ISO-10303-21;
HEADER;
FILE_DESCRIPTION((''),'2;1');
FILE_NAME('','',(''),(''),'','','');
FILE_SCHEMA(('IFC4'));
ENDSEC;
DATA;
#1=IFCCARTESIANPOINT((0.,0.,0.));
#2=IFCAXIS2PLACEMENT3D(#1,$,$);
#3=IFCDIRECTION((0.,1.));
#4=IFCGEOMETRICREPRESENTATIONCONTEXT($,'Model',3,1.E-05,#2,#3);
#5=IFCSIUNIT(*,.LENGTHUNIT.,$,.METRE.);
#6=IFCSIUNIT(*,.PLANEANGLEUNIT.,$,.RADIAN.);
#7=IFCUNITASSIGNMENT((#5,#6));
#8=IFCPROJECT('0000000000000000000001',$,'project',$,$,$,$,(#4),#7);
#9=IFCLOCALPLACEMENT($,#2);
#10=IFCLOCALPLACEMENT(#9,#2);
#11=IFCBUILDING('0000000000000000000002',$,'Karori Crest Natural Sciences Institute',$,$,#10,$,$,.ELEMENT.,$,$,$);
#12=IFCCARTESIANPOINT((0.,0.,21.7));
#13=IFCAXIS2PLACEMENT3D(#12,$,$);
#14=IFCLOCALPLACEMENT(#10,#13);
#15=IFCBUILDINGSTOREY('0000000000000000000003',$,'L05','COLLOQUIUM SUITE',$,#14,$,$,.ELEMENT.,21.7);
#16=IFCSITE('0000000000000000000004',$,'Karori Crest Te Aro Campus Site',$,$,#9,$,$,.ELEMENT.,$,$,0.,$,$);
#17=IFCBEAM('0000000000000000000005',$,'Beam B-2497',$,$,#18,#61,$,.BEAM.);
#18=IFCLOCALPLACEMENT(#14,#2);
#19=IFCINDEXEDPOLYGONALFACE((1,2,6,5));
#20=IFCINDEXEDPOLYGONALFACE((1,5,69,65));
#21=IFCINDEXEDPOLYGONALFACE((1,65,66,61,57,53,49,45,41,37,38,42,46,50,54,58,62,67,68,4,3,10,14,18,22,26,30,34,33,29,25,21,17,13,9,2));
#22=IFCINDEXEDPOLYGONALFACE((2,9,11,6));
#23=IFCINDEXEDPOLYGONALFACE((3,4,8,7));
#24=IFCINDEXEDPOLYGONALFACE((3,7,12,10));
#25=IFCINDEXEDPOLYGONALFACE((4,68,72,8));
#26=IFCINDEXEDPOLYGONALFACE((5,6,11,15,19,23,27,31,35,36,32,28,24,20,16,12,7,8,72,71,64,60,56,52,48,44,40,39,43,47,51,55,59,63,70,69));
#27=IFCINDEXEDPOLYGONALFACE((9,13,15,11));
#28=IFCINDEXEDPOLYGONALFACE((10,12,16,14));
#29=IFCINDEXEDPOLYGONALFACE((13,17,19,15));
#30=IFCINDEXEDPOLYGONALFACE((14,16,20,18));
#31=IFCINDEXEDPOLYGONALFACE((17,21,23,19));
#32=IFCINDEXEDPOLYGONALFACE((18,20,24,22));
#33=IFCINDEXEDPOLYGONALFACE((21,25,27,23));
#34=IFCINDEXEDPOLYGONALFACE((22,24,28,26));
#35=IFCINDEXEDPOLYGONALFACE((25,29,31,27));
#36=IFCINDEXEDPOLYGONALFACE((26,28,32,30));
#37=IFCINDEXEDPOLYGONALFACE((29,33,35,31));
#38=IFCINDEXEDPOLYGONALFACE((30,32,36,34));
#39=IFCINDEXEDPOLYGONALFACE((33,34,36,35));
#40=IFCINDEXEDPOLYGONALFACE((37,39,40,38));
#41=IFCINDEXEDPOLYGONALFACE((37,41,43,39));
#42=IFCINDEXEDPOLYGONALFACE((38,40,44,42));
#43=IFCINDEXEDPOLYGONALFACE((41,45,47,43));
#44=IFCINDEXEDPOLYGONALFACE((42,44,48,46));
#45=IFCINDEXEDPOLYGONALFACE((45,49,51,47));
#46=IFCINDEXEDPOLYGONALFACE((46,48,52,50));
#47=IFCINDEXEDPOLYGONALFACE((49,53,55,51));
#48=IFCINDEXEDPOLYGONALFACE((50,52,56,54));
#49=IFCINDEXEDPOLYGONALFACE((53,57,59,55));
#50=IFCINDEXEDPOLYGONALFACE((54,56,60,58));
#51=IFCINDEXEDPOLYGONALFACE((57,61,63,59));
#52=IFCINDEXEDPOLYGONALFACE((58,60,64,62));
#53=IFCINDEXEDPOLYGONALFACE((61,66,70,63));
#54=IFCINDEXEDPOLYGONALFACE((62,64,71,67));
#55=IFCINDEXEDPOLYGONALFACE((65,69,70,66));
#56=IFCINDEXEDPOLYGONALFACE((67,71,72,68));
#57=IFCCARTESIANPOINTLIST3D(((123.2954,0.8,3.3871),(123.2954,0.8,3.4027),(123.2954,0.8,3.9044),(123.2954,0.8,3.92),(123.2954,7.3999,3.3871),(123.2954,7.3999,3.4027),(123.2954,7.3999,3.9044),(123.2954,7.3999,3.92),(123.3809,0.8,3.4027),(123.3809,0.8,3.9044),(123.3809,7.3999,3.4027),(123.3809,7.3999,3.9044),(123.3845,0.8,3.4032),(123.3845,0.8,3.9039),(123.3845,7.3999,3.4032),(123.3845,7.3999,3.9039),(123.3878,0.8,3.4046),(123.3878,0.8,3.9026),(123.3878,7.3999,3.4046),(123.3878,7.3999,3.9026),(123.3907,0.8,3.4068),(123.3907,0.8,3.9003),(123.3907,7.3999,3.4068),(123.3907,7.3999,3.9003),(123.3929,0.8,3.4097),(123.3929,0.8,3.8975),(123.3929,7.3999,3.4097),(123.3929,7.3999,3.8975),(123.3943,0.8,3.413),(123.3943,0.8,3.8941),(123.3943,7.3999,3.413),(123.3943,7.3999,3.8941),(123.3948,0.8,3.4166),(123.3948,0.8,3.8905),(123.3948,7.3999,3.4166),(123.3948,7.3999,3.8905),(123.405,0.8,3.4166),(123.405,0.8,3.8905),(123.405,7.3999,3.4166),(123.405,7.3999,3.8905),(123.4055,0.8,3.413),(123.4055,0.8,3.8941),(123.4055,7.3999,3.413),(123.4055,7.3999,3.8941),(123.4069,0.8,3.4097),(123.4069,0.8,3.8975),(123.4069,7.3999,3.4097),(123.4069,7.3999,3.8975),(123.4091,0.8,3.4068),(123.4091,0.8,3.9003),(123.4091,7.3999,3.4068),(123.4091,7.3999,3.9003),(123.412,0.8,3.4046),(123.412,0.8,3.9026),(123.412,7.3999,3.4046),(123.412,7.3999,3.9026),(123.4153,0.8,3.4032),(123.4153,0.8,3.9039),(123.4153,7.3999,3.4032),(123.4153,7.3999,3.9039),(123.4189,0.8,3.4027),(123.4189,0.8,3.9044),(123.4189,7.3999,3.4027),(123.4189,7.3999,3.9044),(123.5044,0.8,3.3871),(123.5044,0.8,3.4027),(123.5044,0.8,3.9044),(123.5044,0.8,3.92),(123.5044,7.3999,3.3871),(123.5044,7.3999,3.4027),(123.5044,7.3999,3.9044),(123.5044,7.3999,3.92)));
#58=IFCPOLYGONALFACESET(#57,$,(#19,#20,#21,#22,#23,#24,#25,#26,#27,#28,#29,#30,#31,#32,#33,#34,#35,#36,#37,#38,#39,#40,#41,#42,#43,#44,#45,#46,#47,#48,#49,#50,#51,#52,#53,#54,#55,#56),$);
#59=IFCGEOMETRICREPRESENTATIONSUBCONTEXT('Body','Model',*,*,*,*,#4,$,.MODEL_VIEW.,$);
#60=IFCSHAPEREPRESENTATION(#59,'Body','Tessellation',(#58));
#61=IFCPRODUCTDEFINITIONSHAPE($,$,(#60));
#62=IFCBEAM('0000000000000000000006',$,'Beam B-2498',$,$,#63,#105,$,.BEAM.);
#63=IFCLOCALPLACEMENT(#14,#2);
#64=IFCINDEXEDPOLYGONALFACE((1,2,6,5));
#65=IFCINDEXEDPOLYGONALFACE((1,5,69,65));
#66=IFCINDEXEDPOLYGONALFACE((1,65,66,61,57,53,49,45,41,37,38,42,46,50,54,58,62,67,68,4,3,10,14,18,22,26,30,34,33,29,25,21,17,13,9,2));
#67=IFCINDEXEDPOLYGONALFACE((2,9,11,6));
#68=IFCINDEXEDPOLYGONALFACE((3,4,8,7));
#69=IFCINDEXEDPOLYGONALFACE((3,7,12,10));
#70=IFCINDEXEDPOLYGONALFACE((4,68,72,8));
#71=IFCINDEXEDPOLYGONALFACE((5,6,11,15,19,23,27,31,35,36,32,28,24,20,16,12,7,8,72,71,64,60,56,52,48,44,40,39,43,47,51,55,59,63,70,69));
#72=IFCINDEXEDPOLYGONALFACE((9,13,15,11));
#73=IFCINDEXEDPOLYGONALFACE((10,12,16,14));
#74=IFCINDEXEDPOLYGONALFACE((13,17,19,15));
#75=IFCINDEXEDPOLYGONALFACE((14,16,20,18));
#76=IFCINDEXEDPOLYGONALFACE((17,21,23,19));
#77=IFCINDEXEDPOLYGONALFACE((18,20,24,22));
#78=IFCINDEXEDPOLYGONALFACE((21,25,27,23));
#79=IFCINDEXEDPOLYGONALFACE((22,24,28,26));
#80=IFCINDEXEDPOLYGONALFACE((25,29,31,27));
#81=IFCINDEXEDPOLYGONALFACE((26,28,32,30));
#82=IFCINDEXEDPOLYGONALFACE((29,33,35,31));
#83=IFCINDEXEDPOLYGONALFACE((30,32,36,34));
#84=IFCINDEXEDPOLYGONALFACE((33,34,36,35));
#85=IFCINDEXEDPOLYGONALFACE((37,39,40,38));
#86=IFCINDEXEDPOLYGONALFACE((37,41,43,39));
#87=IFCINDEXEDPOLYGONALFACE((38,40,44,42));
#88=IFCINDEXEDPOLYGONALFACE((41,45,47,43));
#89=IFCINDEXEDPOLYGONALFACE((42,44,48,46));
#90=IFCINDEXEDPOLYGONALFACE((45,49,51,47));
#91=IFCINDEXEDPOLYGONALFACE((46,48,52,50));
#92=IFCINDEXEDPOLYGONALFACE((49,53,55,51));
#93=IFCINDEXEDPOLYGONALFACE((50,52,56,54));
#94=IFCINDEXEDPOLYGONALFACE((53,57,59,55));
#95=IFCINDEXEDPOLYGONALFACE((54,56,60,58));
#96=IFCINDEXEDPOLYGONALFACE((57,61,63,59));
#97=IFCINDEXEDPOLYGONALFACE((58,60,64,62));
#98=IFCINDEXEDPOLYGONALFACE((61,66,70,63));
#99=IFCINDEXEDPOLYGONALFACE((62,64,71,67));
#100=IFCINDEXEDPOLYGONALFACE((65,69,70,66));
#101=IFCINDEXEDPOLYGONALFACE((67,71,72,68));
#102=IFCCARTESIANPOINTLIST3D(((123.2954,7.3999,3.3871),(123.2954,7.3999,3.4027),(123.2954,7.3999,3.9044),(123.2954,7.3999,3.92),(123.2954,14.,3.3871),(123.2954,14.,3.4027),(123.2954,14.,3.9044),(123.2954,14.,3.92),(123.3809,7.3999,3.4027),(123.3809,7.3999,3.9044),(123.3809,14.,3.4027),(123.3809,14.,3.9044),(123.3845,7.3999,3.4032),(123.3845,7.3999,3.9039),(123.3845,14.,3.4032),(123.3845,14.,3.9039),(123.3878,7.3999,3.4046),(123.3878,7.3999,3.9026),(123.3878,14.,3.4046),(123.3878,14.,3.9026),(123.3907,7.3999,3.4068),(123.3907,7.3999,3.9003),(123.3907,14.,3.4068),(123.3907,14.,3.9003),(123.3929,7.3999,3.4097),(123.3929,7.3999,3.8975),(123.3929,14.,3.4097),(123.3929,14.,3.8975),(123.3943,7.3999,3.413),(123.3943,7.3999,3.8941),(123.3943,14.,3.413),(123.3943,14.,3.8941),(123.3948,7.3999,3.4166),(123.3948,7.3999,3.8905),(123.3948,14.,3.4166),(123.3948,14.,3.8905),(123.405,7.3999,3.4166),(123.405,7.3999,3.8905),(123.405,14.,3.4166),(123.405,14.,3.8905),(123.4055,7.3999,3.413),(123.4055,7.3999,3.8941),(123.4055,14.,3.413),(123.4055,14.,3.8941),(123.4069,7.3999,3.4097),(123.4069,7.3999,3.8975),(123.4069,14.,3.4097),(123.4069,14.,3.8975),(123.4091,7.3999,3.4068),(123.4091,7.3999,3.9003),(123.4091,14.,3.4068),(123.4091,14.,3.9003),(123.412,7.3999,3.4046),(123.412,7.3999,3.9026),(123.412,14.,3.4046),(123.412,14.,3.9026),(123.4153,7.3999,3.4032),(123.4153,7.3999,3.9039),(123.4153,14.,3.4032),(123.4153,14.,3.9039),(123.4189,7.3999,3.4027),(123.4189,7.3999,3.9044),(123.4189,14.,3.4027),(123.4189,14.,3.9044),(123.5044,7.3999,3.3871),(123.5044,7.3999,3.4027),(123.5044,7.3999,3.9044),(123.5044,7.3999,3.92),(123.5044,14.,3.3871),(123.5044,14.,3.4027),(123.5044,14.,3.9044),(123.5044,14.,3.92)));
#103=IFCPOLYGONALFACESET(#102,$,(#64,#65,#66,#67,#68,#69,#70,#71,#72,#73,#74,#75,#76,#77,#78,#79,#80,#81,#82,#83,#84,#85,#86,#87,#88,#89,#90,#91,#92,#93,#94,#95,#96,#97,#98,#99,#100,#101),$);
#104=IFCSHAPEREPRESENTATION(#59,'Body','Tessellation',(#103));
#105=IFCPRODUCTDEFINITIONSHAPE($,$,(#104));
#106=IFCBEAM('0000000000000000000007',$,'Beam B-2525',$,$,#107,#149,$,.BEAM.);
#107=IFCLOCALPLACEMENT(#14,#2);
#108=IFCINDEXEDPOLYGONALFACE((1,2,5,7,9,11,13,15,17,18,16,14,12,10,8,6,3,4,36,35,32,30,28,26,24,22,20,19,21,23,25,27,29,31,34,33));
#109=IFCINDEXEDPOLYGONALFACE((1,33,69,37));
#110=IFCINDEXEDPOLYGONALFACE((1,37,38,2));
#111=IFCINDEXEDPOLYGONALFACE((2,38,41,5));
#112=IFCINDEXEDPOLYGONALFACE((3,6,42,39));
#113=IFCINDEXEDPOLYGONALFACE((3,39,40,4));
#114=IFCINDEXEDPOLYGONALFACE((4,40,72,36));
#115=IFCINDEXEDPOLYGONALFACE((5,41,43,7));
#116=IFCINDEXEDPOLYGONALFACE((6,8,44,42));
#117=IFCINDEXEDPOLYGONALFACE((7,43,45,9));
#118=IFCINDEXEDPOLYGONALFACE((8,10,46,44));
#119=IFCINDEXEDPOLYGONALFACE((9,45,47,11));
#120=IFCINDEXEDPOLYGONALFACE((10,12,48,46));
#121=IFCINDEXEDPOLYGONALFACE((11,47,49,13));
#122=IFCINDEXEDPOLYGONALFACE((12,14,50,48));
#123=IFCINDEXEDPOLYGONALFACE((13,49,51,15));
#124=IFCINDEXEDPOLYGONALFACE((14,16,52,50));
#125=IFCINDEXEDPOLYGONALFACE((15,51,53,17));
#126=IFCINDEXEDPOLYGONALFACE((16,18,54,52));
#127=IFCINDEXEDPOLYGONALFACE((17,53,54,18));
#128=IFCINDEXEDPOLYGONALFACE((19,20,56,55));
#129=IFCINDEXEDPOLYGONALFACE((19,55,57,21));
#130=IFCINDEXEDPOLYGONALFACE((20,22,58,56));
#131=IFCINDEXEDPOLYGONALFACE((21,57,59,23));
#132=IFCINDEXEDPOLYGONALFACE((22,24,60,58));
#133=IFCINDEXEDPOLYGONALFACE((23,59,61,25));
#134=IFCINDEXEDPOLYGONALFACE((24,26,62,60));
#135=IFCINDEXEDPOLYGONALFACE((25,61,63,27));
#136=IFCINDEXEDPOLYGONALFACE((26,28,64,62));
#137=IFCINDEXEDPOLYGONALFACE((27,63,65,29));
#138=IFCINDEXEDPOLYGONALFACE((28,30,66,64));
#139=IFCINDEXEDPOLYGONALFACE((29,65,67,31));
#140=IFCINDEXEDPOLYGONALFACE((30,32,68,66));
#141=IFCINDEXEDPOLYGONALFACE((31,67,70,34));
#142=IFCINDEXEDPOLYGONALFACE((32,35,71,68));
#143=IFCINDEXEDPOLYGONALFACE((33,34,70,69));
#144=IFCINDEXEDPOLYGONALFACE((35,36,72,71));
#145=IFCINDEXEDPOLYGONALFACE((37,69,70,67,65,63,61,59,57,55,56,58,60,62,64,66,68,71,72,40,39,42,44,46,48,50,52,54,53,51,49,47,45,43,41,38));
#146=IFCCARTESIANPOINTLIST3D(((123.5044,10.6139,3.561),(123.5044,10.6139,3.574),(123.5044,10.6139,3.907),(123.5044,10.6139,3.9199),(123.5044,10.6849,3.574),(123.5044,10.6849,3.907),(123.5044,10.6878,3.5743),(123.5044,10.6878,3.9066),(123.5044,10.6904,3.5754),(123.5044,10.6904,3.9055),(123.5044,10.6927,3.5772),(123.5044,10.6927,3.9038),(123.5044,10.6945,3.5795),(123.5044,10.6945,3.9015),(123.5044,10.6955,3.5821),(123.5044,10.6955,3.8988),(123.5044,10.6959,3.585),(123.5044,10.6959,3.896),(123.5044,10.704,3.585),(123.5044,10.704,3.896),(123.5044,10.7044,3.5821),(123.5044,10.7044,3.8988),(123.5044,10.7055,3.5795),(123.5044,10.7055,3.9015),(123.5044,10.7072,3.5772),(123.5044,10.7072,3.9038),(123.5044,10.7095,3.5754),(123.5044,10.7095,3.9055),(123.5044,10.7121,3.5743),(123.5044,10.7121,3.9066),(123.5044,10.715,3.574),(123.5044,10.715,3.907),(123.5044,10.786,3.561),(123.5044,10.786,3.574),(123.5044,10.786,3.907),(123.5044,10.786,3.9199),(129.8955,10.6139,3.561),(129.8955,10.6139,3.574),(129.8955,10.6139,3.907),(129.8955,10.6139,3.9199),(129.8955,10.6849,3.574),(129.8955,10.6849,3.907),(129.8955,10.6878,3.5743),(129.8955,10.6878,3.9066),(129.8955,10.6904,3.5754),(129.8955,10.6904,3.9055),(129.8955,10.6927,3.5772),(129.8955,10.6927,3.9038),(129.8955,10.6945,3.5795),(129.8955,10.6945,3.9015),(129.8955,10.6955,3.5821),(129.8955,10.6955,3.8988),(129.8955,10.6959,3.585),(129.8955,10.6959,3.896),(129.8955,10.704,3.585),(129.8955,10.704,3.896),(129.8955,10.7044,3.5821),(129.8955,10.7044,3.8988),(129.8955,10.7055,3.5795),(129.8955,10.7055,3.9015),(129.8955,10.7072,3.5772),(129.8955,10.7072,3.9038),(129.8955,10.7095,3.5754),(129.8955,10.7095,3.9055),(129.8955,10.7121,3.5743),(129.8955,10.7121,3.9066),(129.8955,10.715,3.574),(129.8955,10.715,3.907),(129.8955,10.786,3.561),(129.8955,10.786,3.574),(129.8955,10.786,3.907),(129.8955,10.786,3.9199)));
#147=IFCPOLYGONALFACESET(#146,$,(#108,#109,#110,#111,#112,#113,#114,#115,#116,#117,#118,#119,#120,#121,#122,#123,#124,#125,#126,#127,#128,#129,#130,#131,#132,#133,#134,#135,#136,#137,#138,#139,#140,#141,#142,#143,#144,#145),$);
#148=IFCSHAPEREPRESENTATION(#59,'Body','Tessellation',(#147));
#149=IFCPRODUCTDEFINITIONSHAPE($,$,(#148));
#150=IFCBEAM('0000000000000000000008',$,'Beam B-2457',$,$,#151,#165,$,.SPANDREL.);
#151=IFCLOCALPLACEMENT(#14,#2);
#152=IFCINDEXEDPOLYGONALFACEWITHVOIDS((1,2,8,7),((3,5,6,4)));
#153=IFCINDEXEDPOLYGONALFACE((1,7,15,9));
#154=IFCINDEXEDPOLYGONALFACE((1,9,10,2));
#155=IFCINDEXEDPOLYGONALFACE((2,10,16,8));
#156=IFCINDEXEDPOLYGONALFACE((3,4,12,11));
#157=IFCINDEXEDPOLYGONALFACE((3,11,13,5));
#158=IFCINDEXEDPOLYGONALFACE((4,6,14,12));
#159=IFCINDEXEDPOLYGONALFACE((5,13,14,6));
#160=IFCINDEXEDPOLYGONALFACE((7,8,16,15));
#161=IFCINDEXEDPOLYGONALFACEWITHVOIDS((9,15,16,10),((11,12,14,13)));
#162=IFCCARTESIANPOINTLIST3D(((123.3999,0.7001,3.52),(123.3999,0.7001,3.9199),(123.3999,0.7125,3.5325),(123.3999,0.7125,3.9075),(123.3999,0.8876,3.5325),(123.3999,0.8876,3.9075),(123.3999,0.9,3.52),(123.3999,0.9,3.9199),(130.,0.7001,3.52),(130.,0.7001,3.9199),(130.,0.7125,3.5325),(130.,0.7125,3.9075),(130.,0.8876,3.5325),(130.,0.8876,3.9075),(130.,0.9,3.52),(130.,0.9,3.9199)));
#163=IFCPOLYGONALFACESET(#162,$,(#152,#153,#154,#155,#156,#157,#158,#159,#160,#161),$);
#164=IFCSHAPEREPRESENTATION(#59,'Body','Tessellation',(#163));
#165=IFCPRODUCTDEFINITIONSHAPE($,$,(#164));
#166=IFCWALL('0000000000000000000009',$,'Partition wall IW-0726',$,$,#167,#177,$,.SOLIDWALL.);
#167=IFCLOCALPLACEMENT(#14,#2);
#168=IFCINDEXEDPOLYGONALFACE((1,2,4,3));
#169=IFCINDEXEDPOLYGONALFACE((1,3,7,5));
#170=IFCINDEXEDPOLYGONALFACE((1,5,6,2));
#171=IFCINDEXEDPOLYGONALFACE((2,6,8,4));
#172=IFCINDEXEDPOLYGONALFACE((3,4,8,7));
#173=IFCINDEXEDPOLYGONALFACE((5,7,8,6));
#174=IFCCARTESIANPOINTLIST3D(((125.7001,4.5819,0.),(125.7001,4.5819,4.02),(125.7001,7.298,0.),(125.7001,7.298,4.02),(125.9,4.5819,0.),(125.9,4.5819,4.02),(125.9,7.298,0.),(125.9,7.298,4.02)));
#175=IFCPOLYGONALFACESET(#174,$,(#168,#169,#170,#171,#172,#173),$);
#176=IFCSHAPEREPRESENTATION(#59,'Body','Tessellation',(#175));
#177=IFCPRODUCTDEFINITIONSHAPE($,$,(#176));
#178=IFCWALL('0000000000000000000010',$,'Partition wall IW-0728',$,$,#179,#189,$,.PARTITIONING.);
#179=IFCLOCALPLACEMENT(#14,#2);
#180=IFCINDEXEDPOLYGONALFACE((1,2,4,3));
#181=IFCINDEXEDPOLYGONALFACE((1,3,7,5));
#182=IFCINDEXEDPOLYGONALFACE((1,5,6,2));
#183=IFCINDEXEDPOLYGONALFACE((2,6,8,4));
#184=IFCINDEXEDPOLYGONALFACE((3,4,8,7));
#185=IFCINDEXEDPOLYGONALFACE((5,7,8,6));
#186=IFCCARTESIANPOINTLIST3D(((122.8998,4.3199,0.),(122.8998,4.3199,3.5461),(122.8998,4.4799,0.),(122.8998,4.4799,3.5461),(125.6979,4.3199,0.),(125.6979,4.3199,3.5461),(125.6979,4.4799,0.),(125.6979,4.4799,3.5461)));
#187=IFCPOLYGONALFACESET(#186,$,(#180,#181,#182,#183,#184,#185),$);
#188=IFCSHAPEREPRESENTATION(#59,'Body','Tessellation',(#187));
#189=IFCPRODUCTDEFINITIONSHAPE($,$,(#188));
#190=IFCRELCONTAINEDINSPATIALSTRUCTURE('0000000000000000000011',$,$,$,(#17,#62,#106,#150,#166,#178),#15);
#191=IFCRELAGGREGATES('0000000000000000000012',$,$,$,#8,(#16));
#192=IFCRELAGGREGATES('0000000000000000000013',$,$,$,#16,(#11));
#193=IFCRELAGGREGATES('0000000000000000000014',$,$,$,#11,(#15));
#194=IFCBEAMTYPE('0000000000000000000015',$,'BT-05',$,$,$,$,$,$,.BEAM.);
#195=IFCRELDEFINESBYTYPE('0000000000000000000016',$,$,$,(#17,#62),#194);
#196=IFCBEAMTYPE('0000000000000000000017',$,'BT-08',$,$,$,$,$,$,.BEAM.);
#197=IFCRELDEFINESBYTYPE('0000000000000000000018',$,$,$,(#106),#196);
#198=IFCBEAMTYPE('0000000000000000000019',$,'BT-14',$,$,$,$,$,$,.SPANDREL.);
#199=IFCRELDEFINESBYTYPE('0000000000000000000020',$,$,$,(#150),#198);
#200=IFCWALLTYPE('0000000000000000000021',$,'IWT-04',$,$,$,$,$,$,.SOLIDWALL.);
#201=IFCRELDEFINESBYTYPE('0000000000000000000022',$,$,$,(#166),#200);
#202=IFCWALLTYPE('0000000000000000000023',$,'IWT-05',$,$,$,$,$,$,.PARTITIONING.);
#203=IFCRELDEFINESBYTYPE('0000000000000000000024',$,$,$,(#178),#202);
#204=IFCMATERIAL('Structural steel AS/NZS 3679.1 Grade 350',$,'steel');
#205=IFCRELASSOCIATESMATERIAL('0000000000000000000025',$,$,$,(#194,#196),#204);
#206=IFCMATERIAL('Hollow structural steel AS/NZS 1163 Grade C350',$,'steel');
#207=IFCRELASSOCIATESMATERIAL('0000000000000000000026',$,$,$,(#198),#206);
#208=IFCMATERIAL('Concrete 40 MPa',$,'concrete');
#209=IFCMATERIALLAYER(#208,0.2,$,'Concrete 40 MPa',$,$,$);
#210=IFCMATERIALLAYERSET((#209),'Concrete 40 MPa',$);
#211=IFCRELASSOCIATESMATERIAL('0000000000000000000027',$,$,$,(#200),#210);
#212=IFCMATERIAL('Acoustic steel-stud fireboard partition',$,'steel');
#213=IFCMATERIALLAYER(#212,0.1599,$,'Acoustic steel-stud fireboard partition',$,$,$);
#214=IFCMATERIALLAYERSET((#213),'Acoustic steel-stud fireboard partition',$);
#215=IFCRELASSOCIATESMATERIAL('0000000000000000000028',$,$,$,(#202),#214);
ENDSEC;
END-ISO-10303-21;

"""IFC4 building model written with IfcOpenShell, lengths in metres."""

from ifc_helpers import new_model, si_unit, direction, frame, frame_2d, origin, origin_2d, place, context, subcontext, project, spatial, rectangle, hollow_rectangle, i_section, extrude, material, layer, layer_set, material_profile, profile_set, type_object, element, save


model = new_model("IFC4")

# Units and contexts
model_context = context("Model", 3, precision=1e-05, world=origin(), true_north=direction((0.0, 1.0)))
body_context = subcontext(model_context, "Body", "Model", "MODEL_VIEW")
ifc_project = project(units=[si_unit("LENGTHUNIT", "METRE"), si_unit("PLANEANGLEUNIT", "RADIAN")], contexts=[model_context])

# Site, building, storey
site_placement = place(None, origin())
site = spatial("IfcSite", under=ifc_project, at=site_placement, Name="Karori Crest Te Aro Campus Site", CompositionType="ELEMENT", RefElevation=0.0)
building_placement = place(site_placement, origin())
building = spatial("IfcBuilding", under=site, at=building_placement, Name="Karori Crest Natural Sciences Institute", CompositionType="ELEMENT")
storey_placement = place(building_placement, frame((0.0, 0.0, 21.7)))
storey = spatial("IfcBuildingStorey", under=building, at=storey_placement, Name="L05", Description="COLLOQUIUM SUITE", CompositionType="ELEMENT", Elevation=21.7)

# Shared definitions
ifc_material_1 = material(Name="Structural steel AS/NZS 3679.1 Grade 350", Category="steel")

# Beams
ifc_material_profile_1 = material_profile(ifc_material_1, i_section(OverallWidth=0.209, OverallDepth=0.533, WebThickness=0.0103, FlangeThickness=0.0156, FilletRadius=0.0139, at=origin_2d()), Name="530UB92.4")
ifc_profile_set_1 = profile_set([ifc_material_profile_1], Name="Structural steel AS/NZS 3679.1 Grade 350")
beam_type_1 = type_object("IfcBeamType", Name="BT-05", PredefinedType="BEAM", material=ifc_profile_set_1)
beam_1_placement = place(storey_placement, frame((123.3999, 0.8, 3.6536), z_axis=(0.0, 1.0, 0.0), x_axis=(-1.0, 0.0, 0.0)))
element("IfcBeam", 1, at=beam_1_placement, inside=storey, type_object=beam_type_1, Name="Beam B-2497", PredefinedType="BEAM", context=body_context, shape_type="SweptSolid", body=[
    extrude(i_section(OverallWidth=0.209, OverallDepth=0.533, WebThickness=0.0103, FlangeThickness=0.0156, FilletRadius=0.0139, at=origin_2d()), origin(), (0.0, 0.0, 1.0), 6.5999),
])
beam_2_placement = place(storey_placement, frame((123.3999, 7.3999, 3.6536), z_axis=(0.0, 1.0, 0.0), x_axis=(-1.0, 0.0, 0.0)))
element("IfcBeam", 2, at=beam_2_placement, inside=storey, type_object=beam_type_1, Name="Beam B-2498", PredefinedType="BEAM", context=body_context, shape_type="SweptSolid", body=[
    extrude(i_section(OverallWidth=0.209, OverallDepth=0.533, WebThickness=0.0103, FlangeThickness=0.0156, FilletRadius=0.0139, at=origin_2d()), origin(), (0.0, 0.0, 1.0), 6.6001),
])
ifc_material_profile_2 = material_profile(ifc_material_1, i_section(OverallWidth=0.1721, OverallDepth=0.3589, WebThickness=0.0081, FlangeThickness=0.0129, FilletRadius=0.011, at=origin_2d()), Name="360UB56.7")
ifc_profile_set_2 = profile_set([ifc_material_profile_2], Name="Structural steel AS/NZS 3679.1 Grade 350")
beam_type_2 = type_object("IfcBeamType", Name="BT-08", PredefinedType="BEAM", material=ifc_profile_set_2)
beam_3_placement = place(storey_placement, frame((123.5044, 10.7, 3.7405), z_axis=(1.0, 0.0, 0.0), x_axis=(0.0, 1.0, 0.0)))
element("IfcBeam", 3, at=beam_3_placement, inside=storey, type_object=beam_type_2, Name="Beam B-2525", PredefinedType="BEAM", context=body_context, shape_type="SweptSolid", body=[
    extrude(i_section(OverallWidth=0.1721, OverallDepth=0.3589, WebThickness=0.0081, FlangeThickness=0.0129, FilletRadius=0.011, at=origin_2d()), origin(), (0.0, 0.0, 1.0), 6.3911),
])
ifc_material_2 = material(Name="Hollow structural steel AS/NZS 1163 Grade C350", Category="steel")
ifc_material_profile_3 = material_profile(ifc_material_2, hollow_rectangle(XDim=0.2, YDim=0.3999, WallThickness=0.0125, at=origin_2d()), Name="RHS400x200x12.5")
ifc_profile_set_3 = profile_set([ifc_material_profile_3], Name="Hollow structural steel AS/NZS 1163 Grade C350")
beam_type_3 = type_object("IfcBeamType", Name="BT-14", PredefinedType="SPANDREL", material=ifc_profile_set_3)
beam_4_placement = place(storey_placement, frame((123.3999, 0.8, 3.72), z_axis=(1.0, 0.0, 0.0), x_axis=(0.0, 1.0, 0.0)))
element("IfcBeam", 4, at=beam_4_placement, inside=storey, type_object=beam_type_3, Name="Beam B-2457", PredefinedType="SPANDREL", context=body_context, shape_type="SweptSolid", body=[
    extrude(hollow_rectangle(XDim=0.2, YDim=0.3999, WallThickness=0.0125, at=origin_2d()), origin(), (0.0, 0.0, 1.0), 6.6001),
])

# Shared definitions
ifc_material_3 = material(Name="Concrete 40 MPa", Category="concrete")
ifc_layer_1 = layer(ifc_material_3, 0.2, Name="Concrete 40 MPa")
ifc_layer_set_1 = layer_set([ifc_layer_1], Name="Concrete 40 MPa")
wall_type_1 = type_object("IfcWallType", Name="IWT-04", PredefinedType="SOLIDWALL", material=ifc_layer_set_1)

# Walls
wall_1_placement = place(storey_placement, frame((125.8, 4.582, 0.0), z_axis=(0.0, 0.0, 1.0), x_axis=(0.0, 1.0, 0.0)))
element("IfcWall", 5, at=wall_1_placement, inside=storey, type_object=wall_type_1, Name="Partition wall IW-0726", PredefinedType="SOLIDWALL", context=body_context, shape_type="SweptSolid", body=[
    extrude(rectangle(XDim=2.7161, YDim=0.2, at=frame_2d((1.3579, 0.0))), origin(), (0.0, 0.0, 1.0), 4.02),
])
ifc_material_4 = material(Name="Acoustic steel-stud fireboard partition", Category="steel")
ifc_layer_2 = layer(ifc_material_4, 0.1599, Name="Acoustic steel-stud fireboard partition")
ifc_layer_set_2 = layer_set([ifc_layer_2], Name="Acoustic steel-stud fireboard partition")
wall_type_2 = type_object("IfcWallType", Name="IWT-05", PredefinedType="PARTITIONING", material=ifc_layer_set_2)
wall_2_placement = place(storey_placement, frame((122.8999, 4.3999, 0.0), z_axis=(0.0, 0.0, 1.0), x_axis=(1.0, 0.0, 0.0)))
element("IfcWall", 6, at=wall_2_placement, inside=storey, type_object=wall_type_2, Name="Partition wall IW-0728", PredefinedType="PARTITIONING", context=body_context, shape_type="SweptSolid", body=[
    extrude(rectangle(XDim=2.7981, YDim=0.1599, at=frame_2d((1.3989, 0.0))), origin(), (0.0, 0.0, 1.0), 3.5461),
])

save(model, "model.ifc")
